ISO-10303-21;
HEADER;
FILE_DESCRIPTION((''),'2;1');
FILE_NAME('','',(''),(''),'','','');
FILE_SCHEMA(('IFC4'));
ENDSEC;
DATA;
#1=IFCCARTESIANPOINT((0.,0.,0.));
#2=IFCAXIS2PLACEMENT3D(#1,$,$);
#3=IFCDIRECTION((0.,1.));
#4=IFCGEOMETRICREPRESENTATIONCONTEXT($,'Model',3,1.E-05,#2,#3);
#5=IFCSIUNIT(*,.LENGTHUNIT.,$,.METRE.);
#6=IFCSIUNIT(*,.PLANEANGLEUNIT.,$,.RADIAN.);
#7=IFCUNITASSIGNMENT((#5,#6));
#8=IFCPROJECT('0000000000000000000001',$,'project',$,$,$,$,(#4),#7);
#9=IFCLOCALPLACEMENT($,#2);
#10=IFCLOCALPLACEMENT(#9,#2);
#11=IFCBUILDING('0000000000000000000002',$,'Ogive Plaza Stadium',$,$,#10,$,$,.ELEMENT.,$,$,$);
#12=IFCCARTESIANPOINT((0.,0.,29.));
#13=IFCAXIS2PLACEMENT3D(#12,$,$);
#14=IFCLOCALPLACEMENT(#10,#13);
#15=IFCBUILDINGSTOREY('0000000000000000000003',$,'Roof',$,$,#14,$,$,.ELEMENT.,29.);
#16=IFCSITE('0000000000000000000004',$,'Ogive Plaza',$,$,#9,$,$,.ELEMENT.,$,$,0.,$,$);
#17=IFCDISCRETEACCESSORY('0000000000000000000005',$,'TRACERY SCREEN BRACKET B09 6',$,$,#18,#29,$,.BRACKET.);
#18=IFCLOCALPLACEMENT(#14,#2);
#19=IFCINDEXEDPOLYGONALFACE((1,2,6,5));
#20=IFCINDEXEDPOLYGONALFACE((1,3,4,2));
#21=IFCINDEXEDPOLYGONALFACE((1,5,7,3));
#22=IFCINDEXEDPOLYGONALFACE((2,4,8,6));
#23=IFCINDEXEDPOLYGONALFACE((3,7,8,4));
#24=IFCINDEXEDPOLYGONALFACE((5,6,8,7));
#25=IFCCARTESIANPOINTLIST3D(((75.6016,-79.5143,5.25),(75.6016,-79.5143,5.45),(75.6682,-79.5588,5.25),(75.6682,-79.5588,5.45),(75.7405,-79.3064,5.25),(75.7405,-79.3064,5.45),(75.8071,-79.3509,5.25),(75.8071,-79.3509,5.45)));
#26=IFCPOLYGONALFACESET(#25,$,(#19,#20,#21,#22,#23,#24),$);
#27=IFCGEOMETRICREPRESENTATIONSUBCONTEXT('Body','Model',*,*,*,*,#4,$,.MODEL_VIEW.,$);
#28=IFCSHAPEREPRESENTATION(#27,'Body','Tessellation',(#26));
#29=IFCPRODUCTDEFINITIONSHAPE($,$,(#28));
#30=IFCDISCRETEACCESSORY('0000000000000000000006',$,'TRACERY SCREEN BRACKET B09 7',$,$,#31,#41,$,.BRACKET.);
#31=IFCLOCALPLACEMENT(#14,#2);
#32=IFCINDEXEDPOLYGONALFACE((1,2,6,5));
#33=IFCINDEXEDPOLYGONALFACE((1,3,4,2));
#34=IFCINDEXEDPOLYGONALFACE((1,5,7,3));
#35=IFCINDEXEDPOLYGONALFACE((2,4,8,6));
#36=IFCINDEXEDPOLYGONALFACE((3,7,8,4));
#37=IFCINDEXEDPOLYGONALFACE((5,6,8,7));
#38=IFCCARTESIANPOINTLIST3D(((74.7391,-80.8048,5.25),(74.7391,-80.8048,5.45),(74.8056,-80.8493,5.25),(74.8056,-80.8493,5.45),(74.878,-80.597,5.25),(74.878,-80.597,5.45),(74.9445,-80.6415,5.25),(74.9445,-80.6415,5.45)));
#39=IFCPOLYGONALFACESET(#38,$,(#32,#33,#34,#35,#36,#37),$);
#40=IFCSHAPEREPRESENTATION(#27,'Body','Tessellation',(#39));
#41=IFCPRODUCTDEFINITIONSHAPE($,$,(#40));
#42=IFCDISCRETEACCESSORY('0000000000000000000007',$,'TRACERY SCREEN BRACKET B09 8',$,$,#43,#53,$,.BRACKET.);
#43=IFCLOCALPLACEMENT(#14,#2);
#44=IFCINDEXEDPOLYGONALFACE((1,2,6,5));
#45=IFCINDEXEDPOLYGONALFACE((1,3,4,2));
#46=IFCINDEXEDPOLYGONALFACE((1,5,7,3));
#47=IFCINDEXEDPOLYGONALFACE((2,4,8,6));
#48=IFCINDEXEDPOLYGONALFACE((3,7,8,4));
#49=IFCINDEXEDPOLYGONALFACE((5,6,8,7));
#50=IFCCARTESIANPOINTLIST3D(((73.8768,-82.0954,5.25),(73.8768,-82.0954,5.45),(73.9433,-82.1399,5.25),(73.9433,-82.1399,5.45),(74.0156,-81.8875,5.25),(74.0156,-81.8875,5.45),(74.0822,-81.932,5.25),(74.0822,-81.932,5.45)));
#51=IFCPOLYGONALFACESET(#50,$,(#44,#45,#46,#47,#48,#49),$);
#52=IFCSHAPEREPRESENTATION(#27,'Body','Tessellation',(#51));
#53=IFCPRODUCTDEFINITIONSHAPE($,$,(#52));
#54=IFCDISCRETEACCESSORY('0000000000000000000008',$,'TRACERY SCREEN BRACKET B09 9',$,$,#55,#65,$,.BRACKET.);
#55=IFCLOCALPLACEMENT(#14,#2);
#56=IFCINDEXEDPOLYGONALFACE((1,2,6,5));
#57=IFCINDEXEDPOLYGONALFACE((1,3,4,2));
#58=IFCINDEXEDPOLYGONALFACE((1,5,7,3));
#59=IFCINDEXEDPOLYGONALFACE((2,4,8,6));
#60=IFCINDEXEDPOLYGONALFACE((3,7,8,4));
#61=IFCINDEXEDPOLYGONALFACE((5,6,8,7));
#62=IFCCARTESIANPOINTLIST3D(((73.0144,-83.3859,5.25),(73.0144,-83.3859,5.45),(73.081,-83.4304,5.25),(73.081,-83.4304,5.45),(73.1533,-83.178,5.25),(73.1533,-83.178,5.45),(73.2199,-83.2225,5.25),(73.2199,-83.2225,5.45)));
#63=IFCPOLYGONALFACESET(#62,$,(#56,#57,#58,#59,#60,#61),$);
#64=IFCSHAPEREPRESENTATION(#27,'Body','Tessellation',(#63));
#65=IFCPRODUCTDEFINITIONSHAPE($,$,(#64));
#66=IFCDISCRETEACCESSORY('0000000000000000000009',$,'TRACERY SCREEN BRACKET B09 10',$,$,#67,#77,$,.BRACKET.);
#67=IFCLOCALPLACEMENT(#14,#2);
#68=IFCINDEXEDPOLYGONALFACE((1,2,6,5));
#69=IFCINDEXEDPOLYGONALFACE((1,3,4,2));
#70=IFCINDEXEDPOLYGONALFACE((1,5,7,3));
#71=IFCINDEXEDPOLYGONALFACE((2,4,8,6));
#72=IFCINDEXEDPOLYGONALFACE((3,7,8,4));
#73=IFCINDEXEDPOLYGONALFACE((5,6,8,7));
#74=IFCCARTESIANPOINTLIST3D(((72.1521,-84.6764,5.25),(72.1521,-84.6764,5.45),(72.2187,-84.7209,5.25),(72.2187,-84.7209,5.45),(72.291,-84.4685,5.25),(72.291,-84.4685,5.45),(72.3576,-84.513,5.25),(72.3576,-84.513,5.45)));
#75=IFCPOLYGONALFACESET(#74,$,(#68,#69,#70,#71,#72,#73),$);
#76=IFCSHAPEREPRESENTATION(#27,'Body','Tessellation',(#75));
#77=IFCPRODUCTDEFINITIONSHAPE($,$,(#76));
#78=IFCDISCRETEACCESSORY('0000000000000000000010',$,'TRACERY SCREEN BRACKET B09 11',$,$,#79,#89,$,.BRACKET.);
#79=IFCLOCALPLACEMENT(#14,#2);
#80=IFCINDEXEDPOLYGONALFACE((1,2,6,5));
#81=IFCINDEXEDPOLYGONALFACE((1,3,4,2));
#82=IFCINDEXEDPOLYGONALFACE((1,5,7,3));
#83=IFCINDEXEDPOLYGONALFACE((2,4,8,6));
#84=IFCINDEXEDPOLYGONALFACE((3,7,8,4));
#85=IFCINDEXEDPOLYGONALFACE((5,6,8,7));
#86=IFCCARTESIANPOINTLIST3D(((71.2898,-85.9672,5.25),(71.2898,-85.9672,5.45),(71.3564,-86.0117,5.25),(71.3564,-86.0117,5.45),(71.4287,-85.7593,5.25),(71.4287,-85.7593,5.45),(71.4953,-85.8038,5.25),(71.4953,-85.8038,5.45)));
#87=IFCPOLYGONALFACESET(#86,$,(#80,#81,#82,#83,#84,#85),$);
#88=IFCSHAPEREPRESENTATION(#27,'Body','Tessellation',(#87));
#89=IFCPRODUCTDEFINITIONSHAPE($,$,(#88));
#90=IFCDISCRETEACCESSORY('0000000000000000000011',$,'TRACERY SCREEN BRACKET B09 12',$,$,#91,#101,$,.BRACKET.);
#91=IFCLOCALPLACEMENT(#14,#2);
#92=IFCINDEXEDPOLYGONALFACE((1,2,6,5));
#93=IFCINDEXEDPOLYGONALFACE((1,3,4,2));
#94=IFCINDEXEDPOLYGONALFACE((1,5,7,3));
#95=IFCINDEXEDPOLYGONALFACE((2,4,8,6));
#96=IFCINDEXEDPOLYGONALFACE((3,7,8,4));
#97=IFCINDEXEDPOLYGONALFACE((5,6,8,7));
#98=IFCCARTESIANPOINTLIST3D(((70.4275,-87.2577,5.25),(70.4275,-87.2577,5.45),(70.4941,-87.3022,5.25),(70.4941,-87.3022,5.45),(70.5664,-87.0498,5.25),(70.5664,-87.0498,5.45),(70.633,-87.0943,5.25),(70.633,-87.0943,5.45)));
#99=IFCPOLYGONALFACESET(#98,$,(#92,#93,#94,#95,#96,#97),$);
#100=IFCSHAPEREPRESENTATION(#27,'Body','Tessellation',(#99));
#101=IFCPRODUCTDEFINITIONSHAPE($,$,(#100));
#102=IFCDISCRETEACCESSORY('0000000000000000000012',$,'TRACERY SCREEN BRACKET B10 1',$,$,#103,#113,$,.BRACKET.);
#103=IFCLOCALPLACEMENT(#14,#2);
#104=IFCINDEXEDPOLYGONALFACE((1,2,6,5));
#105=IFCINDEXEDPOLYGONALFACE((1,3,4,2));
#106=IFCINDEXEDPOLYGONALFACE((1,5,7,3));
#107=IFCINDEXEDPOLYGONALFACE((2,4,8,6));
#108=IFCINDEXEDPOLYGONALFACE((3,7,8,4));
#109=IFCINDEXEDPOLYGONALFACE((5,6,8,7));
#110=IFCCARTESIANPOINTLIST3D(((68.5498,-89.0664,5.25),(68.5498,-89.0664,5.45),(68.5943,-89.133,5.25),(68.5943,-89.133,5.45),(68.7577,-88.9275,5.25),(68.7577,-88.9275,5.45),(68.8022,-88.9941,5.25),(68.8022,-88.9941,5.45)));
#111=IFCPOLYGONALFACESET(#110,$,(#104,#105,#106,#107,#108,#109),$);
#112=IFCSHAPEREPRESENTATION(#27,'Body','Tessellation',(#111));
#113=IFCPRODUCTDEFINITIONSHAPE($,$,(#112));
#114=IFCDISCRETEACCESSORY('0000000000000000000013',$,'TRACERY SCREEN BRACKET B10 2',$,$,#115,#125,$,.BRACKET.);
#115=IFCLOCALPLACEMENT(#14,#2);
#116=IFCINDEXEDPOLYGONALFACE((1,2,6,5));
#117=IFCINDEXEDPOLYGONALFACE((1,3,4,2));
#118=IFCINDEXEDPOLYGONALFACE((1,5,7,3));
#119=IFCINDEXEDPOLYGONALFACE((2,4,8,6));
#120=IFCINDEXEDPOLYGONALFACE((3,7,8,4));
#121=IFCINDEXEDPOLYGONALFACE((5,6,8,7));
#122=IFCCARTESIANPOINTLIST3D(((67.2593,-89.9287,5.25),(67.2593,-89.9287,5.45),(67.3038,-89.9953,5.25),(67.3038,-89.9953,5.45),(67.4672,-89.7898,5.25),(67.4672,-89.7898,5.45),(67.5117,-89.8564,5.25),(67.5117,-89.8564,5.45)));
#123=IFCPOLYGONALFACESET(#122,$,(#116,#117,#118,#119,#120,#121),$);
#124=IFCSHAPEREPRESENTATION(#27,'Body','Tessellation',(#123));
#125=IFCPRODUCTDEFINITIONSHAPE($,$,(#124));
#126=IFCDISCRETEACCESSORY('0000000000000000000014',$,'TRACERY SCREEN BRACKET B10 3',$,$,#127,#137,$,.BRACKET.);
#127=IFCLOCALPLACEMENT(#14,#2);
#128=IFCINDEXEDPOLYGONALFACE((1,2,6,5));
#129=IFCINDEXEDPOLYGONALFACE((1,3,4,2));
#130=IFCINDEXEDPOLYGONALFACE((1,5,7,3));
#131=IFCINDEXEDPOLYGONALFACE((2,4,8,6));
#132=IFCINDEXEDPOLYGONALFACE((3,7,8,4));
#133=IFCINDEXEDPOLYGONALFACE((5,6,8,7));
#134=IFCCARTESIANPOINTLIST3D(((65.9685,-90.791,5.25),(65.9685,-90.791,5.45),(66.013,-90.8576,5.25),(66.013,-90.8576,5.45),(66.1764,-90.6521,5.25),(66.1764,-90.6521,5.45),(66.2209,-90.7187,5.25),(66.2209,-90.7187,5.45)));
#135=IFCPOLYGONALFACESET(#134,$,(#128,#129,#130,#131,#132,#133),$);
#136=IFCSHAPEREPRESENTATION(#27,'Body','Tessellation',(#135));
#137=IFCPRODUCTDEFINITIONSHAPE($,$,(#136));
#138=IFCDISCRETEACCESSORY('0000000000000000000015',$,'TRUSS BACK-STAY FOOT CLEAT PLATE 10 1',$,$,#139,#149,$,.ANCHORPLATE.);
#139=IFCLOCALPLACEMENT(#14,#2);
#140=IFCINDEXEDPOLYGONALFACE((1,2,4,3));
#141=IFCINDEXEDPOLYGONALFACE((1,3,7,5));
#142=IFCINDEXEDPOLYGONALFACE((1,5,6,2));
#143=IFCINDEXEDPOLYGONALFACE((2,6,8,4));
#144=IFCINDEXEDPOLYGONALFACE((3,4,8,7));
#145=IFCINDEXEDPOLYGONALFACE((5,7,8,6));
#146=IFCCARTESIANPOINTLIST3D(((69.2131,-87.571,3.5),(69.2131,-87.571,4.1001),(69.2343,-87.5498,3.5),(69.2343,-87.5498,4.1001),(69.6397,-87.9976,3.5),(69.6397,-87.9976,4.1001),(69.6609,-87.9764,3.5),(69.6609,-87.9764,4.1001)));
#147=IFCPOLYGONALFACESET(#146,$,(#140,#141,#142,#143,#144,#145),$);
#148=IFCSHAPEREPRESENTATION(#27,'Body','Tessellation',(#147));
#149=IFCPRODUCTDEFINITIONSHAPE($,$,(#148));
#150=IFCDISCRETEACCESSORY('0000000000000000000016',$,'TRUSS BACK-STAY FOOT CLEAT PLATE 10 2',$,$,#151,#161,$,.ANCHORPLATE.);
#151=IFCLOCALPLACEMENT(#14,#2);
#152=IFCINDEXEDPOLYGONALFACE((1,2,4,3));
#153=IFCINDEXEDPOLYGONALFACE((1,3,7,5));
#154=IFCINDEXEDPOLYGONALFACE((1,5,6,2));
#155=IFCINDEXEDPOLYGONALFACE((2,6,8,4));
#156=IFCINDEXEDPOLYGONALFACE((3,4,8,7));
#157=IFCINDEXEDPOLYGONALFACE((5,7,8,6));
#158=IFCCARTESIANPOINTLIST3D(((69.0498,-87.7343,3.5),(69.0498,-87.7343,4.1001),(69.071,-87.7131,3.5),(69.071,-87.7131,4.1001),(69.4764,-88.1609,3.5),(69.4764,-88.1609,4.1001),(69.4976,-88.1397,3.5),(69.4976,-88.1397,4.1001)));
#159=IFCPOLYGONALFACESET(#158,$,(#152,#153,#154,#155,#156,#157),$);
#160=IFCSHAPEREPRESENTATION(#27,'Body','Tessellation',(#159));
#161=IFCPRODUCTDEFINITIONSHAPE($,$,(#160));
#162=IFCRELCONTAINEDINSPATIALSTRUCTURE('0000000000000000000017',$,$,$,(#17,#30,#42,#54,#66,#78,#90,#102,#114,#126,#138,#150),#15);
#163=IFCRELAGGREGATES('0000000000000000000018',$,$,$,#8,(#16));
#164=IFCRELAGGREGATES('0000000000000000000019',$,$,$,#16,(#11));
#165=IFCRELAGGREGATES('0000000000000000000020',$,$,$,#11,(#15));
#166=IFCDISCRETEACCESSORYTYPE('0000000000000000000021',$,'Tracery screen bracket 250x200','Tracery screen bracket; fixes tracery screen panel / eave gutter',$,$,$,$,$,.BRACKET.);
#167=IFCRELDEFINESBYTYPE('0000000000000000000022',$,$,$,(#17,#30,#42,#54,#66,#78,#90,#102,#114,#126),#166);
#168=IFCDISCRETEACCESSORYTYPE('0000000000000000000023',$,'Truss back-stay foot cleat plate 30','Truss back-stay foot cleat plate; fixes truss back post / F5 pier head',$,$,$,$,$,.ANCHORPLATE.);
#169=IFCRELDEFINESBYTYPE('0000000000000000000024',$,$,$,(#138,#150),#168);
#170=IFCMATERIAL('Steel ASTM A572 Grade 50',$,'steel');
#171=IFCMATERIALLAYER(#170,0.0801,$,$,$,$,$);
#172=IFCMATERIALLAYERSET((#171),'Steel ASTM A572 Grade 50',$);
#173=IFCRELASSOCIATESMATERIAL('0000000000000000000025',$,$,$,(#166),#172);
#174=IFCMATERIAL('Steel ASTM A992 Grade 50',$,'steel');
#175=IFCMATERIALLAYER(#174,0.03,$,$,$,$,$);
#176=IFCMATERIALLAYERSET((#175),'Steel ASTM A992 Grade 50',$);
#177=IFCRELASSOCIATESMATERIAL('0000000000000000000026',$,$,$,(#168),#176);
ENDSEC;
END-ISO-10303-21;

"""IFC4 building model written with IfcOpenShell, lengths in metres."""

from ifc_helpers import new_model, si_unit, direction, frame, origin, origin_2d, place, context, subcontext, project, spatial, rectangle, extrude, material, layer, layer_set, type_object, element, save


model = new_model("IFC4")

# Units and contexts
model_context = context("Model", 3, precision=1e-05, world=origin(), true_north=direction((0.0, 1.0)))
body_context = subcontext(model_context, "Body", "Model", "MODEL_VIEW")
ifc_project = project(units=[si_unit("LENGTHUNIT", "METRE"), si_unit("PLANEANGLEUNIT", "RADIAN")], contexts=[model_context])

# Site, building, storey
site_placement = place(None, origin())
site = spatial("IfcSite", under=ifc_project, at=site_placement, Name="Ogive Plaza", CompositionType="ELEMENT", RefElevation=0.0)
building_placement = place(site_placement, origin())
building = spatial("IfcBuilding", under=site, at=building_placement, Name="Ogive Plaza Stadium", CompositionType="ELEMENT")
storey_placement = place(building_placement, frame((0.0, 0.0, 29.0)))
storey = spatial("IfcBuildingStorey", under=building, at=storey_placement, Name="Roof", CompositionType="ELEMENT", Elevation=29.0)

# Discrete accessories
ifc_material_1 = material(Name="Steel ASTM A572 Grade 50", Category="steel")
ifc_layer_1 = layer(ifc_material_1, 0.0801)
ifc_layer_set_1 = layer_set([ifc_layer_1], Name="Steel ASTM A572 Grade 50")
discrete_accessory_type_1 = type_object("IfcDiscreteAccessoryType", Name="Tracery screen bracket 250x200", Description="Tracery screen bracket; fixes tracery screen panel / eave gutter", PredefinedType="BRACKET", material=ifc_layer_set_1)
for number, where, z_axis, x_axis, name in (
    (1, (75.7043, -79.4326, 5.25), (0.0, 0.0, 1.0), (-0.55557, -0.83147, 0.0), "TRACERY SCREEN BRACKET B09 6"),
    (2, (74.8418, -80.7231, 5.25), (0.0, 0.0, 1.0), (-0.55557, -0.83147, 0.0), "TRACERY SCREEN BRACKET B09 7"),
    (3, (73.9795, -82.0137, 5.25), (0.0, 0.0, 1.0), (-0.55557, -0.83147, 0.0), "TRACERY SCREEN BRACKET B09 8"),
    (4, (73.1172, -83.3042, 5.25), (0.0, 0.0, 1.0), (-0.55557, -0.83147, 0.0), "TRACERY SCREEN BRACKET B09 9"),
    (5, (72.2549, -84.5947, 5.25), (0.0, 0.0, 1.0), (-0.55557, -0.83147, 0.0), "TRACERY SCREEN BRACKET B09 10"),
    (6, (71.3926, -85.8855, 5.25), (0.0, 0.0, 1.0), (-0.55557, -0.83147, 0.0), "TRACERY SCREEN BRACKET B09 11"),
    (7, (70.5303, -87.176, 5.25), (0.0, 0.0, 1.0), (-0.55557, -0.83147, 0.0), "TRACERY SCREEN BRACKET B09 12"),
    (8, (68.676, -89.0303, 5.25), (0.0, 0.0, 1.0), (-0.83147, -0.55557, 0.0), "TRACERY SCREEN BRACKET B10 1"),
    (9, (67.3855, -89.8926, 5.25), (0.0, 0.0, 1.0), (-0.83147, -0.55557, 0.0), "TRACERY SCREEN BRACKET B10 2"),
    (10, (66.0947, -90.7549, 5.25), (0.0, 0.0, 1.0), (-0.83147, -0.55557, 0.0), "TRACERY SCREEN BRACKET B10 3"),
):
    element("IfcDiscreteAccessory", number, at=place(storey_placement, frame(where, z_axis=z_axis, x_axis=x_axis)), inside=storey, type_object=discrete_accessory_type_1, Name=name, PredefinedType="BRACKET", context=body_context, shape_type="SweptSolid", body=[
        extrude(rectangle(XDim=0.25, YDim=0.0801, at=origin_2d()), origin(), (0.0, 0.0, 1.0), 0.2),
    ])
ifc_material_2 = material(Name="Steel ASTM A992 Grade 50", Category="steel")
ifc_layer_2 = layer(ifc_material_2, 0.03)
ifc_layer_set_2 = layer_set([ifc_layer_2], Name="Steel ASTM A992 Grade 50")
discrete_accessory_type_2 = type_object("IfcDiscreteAccessoryType", Name="Truss back-stay foot cleat plate 30", Description="Truss back-stay foot cleat plate; fixes truss back post / F5 pier head", PredefinedType="ANCHORPLATE", material=ifc_layer_set_2)
for number, where, z_axis, x_axis, name in (
    (11, (69.437, -87.7737, 3.5), (0.0, 0.0, 1.0), (0.707107, -0.707107, 0.0), "TRUSS BACK-STAY FOOT CLEAT PLATE 10 1"),
    (12, (69.2737, -87.937, 3.5), (0.0, 0.0, 1.0), (0.707107, -0.707107, 0.0), "TRUSS BACK-STAY FOOT CLEAT PLATE 10 2"),
):
    element("IfcDiscreteAccessory", number, at=place(storey_placement, frame(where, z_axis=z_axis, x_axis=x_axis)), inside=storey, type_object=discrete_accessory_type_2, Name=name, PredefinedType="ANCHORPLATE", context=body_context, shape_type="SweptSolid", body=[
        extrude(rectangle(XDim=0.6033, YDim=0.03, at=origin_2d()), origin(), (0.0, 0.0, 1.0), 0.6001),
    ])

save(model, "model.ifc")
